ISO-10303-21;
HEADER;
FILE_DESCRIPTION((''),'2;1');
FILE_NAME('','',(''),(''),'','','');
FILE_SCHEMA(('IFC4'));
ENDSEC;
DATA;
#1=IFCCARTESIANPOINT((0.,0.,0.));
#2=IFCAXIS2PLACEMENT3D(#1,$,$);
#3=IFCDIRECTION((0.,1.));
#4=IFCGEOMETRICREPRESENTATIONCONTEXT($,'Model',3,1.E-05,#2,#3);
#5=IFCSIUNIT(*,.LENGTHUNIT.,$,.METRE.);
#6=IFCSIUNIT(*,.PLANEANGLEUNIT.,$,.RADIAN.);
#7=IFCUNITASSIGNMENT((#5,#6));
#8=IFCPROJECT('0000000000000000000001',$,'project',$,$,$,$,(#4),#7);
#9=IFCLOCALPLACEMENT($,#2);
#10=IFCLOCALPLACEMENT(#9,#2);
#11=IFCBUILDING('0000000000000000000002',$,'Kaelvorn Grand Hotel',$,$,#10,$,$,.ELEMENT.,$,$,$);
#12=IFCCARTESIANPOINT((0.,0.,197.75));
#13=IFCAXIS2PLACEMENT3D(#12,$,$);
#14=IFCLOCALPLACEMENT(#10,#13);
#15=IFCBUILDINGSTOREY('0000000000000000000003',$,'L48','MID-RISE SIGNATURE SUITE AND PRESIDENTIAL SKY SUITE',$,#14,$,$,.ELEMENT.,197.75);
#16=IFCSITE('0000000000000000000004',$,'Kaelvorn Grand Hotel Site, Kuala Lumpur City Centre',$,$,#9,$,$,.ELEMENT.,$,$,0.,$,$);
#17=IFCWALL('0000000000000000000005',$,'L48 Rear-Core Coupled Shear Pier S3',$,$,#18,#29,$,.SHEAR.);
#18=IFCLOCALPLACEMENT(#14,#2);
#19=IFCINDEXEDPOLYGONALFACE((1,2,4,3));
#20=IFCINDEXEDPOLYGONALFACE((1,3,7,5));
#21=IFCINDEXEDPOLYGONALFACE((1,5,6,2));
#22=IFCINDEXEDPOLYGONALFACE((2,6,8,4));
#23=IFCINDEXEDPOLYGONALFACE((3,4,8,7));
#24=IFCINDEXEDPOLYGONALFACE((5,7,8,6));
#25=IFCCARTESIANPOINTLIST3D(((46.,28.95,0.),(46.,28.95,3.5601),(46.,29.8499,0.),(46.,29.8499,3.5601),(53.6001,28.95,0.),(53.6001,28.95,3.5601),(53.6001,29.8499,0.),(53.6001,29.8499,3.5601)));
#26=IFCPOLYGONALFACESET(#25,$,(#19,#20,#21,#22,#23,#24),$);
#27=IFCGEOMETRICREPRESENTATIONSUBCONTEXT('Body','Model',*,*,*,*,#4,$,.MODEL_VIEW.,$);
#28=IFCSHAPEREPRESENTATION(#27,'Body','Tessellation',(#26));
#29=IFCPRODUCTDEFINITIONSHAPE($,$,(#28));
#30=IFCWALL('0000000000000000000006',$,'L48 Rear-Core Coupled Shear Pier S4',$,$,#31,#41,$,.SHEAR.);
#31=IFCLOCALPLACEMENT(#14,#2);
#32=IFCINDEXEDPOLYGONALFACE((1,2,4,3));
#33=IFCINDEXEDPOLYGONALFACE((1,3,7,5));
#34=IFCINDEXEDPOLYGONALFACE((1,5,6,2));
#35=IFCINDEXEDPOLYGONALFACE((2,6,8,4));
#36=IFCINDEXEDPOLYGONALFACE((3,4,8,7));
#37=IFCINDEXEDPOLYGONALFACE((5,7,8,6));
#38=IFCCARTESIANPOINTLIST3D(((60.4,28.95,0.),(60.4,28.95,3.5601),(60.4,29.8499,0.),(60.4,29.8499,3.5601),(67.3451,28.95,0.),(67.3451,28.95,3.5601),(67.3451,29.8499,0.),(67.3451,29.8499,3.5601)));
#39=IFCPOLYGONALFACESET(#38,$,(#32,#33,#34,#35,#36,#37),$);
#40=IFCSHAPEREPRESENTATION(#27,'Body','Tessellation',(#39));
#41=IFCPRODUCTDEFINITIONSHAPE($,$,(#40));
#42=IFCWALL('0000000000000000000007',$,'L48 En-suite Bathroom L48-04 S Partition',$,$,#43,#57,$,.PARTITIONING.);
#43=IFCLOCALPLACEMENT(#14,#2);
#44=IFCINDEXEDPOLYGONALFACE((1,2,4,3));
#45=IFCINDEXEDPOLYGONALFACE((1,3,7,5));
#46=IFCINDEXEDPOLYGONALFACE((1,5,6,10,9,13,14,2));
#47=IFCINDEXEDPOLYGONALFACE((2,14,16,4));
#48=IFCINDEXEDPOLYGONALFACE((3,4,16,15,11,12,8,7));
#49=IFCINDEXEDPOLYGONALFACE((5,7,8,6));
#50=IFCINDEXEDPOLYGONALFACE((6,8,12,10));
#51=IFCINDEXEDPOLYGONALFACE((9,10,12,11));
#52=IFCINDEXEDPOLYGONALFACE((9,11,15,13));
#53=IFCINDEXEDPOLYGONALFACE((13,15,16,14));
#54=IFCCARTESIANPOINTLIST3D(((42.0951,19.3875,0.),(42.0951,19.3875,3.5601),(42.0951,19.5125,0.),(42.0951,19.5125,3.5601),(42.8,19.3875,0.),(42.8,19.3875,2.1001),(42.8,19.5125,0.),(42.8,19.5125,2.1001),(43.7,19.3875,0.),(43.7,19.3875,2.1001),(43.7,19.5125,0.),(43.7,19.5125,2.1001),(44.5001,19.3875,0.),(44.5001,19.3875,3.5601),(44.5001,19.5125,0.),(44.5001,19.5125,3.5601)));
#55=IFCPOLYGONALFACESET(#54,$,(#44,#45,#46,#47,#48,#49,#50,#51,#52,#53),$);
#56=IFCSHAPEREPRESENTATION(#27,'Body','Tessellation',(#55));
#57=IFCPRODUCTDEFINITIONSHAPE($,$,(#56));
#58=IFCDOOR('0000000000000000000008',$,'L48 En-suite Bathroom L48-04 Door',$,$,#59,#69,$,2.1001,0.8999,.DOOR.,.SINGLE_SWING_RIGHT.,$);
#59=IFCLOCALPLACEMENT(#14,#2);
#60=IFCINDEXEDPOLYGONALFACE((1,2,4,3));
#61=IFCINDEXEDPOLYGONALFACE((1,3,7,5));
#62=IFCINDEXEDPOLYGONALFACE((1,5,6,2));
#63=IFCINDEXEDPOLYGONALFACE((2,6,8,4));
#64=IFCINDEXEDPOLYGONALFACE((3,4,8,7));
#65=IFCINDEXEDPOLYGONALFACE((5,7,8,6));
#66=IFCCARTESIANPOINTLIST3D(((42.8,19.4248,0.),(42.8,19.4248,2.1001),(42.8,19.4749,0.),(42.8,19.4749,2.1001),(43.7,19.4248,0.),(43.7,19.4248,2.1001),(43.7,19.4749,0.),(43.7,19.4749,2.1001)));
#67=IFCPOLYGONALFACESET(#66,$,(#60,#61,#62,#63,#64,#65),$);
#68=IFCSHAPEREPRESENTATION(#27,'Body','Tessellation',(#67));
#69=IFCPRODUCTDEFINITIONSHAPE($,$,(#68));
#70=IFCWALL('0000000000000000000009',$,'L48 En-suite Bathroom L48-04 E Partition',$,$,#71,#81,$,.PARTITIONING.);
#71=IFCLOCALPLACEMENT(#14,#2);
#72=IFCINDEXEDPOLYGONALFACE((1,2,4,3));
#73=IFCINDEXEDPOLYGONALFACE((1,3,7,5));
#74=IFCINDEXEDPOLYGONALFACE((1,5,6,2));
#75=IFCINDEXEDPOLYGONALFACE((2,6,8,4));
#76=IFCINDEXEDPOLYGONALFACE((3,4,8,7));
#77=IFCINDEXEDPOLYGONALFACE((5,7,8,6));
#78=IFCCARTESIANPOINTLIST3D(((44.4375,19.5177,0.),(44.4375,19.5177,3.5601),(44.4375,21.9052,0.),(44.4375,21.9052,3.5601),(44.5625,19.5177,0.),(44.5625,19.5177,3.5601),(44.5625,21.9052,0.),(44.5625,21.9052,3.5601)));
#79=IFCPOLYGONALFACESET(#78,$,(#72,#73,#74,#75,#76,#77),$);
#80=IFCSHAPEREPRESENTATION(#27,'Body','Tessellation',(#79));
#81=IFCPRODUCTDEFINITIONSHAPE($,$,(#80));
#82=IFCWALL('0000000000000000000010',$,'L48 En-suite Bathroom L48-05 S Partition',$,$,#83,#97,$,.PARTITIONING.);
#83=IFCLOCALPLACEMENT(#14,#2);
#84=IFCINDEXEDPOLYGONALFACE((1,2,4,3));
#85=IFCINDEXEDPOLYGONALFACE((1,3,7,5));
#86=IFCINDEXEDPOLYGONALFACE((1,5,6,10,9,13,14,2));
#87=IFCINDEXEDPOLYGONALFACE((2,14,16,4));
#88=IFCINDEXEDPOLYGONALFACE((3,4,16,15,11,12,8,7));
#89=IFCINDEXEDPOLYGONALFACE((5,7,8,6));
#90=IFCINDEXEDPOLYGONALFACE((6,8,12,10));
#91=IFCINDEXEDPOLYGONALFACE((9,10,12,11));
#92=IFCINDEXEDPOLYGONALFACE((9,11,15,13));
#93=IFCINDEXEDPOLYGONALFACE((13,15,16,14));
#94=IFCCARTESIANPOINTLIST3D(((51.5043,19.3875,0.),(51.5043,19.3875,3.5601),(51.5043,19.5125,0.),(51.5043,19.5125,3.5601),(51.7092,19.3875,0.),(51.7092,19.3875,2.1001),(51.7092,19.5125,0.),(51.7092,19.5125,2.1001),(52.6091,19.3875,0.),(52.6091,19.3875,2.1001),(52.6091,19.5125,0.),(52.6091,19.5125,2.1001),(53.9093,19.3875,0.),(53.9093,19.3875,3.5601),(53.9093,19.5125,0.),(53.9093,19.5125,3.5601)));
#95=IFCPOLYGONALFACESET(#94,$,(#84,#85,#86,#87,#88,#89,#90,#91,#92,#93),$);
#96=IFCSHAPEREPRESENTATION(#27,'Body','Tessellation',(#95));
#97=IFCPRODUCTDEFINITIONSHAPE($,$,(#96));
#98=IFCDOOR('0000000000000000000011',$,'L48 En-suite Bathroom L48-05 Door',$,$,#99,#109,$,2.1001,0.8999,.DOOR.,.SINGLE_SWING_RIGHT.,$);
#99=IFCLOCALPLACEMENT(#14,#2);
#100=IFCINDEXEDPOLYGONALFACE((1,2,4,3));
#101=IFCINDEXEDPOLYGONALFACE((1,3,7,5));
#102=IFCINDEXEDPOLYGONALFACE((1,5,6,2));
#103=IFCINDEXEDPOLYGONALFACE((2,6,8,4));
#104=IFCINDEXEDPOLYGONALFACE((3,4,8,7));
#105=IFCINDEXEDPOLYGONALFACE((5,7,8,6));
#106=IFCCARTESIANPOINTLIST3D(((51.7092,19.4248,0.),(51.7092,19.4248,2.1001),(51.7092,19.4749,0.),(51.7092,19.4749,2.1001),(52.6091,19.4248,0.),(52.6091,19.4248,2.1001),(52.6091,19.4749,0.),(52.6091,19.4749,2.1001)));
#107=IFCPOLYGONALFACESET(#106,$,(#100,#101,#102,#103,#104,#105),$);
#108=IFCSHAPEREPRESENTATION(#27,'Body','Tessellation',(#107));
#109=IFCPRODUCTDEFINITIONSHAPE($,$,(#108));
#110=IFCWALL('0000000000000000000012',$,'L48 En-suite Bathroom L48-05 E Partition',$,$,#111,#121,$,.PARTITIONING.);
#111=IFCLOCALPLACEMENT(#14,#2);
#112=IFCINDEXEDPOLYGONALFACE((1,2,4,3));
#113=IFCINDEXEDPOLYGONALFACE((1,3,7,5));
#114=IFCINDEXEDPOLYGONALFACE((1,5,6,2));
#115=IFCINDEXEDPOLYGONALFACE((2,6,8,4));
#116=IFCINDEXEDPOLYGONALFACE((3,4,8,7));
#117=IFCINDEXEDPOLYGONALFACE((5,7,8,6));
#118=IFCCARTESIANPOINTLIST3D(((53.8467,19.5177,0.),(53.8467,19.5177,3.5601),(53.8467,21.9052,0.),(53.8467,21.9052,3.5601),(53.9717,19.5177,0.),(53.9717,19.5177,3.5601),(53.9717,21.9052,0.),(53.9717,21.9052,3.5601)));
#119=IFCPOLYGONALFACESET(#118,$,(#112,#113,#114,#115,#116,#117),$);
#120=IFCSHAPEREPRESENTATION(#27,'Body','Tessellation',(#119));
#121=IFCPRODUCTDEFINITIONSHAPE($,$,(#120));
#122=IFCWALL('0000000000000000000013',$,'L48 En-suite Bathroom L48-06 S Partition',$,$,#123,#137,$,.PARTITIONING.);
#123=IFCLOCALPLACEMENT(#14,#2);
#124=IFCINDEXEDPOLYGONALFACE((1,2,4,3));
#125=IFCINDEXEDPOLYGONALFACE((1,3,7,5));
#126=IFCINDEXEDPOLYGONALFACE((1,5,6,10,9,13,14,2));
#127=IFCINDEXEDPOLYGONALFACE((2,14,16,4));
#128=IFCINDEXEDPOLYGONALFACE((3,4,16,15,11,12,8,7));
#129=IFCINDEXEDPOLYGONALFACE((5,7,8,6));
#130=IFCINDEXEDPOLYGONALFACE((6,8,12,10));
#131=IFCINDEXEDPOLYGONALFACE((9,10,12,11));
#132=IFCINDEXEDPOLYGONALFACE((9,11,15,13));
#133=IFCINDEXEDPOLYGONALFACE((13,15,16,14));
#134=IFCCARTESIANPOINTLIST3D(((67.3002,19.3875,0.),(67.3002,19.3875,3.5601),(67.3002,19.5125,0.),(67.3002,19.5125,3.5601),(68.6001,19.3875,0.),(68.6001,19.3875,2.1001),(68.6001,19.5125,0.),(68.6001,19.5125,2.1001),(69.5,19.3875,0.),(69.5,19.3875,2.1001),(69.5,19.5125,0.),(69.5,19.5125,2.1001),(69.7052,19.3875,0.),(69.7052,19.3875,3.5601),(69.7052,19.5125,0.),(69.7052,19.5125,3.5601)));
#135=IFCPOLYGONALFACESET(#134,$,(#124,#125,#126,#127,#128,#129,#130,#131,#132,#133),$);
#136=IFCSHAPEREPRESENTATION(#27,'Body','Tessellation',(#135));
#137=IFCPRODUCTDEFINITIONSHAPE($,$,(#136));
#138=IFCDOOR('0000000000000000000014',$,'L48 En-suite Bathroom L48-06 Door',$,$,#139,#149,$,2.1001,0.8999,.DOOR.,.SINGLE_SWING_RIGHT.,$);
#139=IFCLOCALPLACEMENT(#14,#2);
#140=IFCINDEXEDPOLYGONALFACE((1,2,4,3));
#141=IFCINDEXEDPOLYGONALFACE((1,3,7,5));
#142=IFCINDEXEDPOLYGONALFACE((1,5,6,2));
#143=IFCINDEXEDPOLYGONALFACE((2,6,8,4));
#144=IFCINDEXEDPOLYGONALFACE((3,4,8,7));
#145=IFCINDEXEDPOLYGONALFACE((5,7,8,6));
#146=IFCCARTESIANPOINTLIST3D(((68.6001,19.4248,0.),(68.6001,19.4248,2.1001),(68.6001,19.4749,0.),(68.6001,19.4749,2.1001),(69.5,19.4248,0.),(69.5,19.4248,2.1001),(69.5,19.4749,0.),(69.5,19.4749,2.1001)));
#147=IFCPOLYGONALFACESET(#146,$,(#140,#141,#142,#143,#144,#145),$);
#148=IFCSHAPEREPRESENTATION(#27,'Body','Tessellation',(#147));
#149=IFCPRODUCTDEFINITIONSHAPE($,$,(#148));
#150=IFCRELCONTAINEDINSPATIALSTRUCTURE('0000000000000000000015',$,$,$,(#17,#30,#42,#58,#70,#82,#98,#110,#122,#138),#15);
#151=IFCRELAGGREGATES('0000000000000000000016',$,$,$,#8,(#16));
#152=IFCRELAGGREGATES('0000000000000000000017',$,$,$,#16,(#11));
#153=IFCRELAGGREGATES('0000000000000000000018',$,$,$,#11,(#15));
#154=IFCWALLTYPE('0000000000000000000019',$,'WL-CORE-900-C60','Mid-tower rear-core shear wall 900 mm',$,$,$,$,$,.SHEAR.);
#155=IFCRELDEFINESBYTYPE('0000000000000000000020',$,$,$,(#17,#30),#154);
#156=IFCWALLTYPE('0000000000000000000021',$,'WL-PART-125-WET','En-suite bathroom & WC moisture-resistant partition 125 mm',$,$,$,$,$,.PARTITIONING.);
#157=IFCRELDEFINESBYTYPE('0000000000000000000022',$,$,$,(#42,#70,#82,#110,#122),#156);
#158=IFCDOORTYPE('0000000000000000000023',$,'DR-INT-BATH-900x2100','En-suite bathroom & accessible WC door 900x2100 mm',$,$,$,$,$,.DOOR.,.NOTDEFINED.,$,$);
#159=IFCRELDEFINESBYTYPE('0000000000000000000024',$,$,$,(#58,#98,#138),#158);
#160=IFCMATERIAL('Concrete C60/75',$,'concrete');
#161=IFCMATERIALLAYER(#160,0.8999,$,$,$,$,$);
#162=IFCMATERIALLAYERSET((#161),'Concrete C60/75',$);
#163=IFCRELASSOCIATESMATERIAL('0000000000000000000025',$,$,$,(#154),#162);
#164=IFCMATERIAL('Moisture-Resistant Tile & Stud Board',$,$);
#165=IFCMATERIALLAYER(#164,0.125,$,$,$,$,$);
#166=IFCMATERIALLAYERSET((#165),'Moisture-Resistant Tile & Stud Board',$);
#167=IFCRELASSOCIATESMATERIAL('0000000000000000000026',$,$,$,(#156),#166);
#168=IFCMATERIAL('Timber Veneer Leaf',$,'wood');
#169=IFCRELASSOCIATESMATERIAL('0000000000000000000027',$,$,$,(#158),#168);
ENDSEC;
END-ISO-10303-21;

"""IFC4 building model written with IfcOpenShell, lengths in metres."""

from ifc_helpers import new_model, si_unit, direction, frame, frame_2d, origin, place, context, subcontext, project, spatial, rectangle, extrude, material, layer, layer_set, type_object, element, fill, save


model = new_model("IFC4")

# Units and contexts
model_context = context("Model", 3, precision=1e-05, world=origin(), true_north=direction((0.0, 1.0)))
body_context = subcontext(model_context, "Body", "Model", "MODEL_VIEW")
ifc_project = project(units=[si_unit("LENGTHUNIT", "METRE"), si_unit("PLANEANGLEUNIT", "RADIAN")], contexts=[model_context])

# Site, building, storey
site_placement = place(None, origin())
site = spatial("IfcSite", under=ifc_project, at=site_placement, Name="Kaelvorn Grand Hotel Site, Kuala Lumpur City Centre", CompositionType="ELEMENT", RefElevation=0.0)
building_placement = place(site_placement, origin())
building = spatial("IfcBuilding", under=site, at=building_placement, Name="Kaelvorn Grand Hotel", CompositionType="ELEMENT")
storey_placement = place(building_placement, frame((0.0, 0.0, 197.75)))
storey = spatial("IfcBuildingStorey", under=building, at=storey_placement, Name="L48", Description="MID-RISE SIGNATURE SUITE AND PRESIDENTIAL SKY SUITE", CompositionType="ELEMENT", Elevation=197.75)

# Shared definitions
ifc_material_1 = material(Name="Concrete C60/75", Category="concrete")

# Walls
ifc_layer_1 = layer(ifc_material_1, 0.8999)
ifc_layer_set_1 = layer_set([ifc_layer_1], Name="Concrete C60/75")
wall_type_1 = type_object("IfcWallType", Name="WL-CORE-900-C60", Description="Mid-tower rear-core shear wall 900 mm", PredefinedType="SHEAR", material=ifc_layer_set_1)
wall_1_placement = place(storey_placement, frame((46.0, 29.3999, 0.0), z_axis=(0.0, 0.0, 1.0), x_axis=(1.0, 0.0, 0.0)))
element("IfcWall", 1, at=wall_1_placement, inside=storey, type_object=wall_type_1, Name="L48 Rear-Core Coupled Shear Pier S3", PredefinedType="SHEAR", context=body_context, shape_type="SweptSolid", body=[
    extrude(rectangle(XDim=7.6001, YDim=0.8999, at=frame_2d((3.8, 0.0))), origin(), (0.0, 0.0, 1.0), 3.5601),
])
wall_2_placement = place(storey_placement, frame((60.3999, 29.3999, 0.0), z_axis=(0.0, 0.0, 1.0), x_axis=(1.0, 0.0, 0.0)))
element("IfcWall", 2, at=wall_2_placement, inside=storey, type_object=wall_type_1, Name="L48 Rear-Core Coupled Shear Pier S4", PredefinedType="SHEAR", context=body_context, shape_type="SweptSolid", body=[
    extrude(rectangle(XDim=6.9451, YDim=0.8999, at=frame_2d((3.4727, 0.0))), origin(), (0.0, 0.0, 1.0), 3.5601),
])

# Wall, opening, door
ifc_material_2 = material(Name="Moisture-Resistant Tile & Stud Board")
ifc_layer_2 = layer(ifc_material_2, 0.125)
ifc_layer_set_2 = layer_set([ifc_layer_2], Name="Moisture-Resistant Tile & Stud Board")
wall_type_2 = type_object("IfcWallType", Name="WL-PART-125-WET", Description="En-suite bathroom & WC moisture-resistant partition 125 mm", PredefinedType="PARTITIONING", material=ifc_layer_set_2)
wall_3_placement = place(storey_placement, frame((42.095, 19.45, 0.0), z_axis=(0.0, 0.0, 1.0), x_axis=(1.0, 0.0, 0.0)))
wall_3 = element("IfcWall", 3, at=wall_3_placement, inside=storey, type_object=wall_type_2, Name="L48 En-suite Bathroom L48-04 S Partition", PredefinedType="PARTITIONING", context=body_context, shape_type="SweptSolid", body=[
    extrude(rectangle(XDim=2.405, YDim=0.125, at=frame_2d((1.2026, 0.0))), origin(), (0.0, 0.0, 1.0), 3.5601),
])
opening_1_placement = place(wall_3_placement, frame((0.7051, 0.0, 0.0)))
opening_1 = element("IfcOpeningElement", 4, at=opening_1_placement, cuts=wall_3, PredefinedType="OPENING", context=body_context, shape_type="SweptSolid", body=[
    extrude(rectangle(XDim=0.8999, YDim=2.1001, at=frame_2d((0.45, 1.05))), frame((0.0, 0.0725, 0.0), z_axis=(0.0, -1.0, 0.0), x_axis=(1.0, 0.0, 0.0)), (0.0, 0.0, 1.0), 0.145),
])
ifc_material_3 = material(Name="Timber Veneer Leaf", Category="wood")
door_type_1 = type_object("IfcDoorType", Name="DR-INT-BATH-900x2100", Description="En-suite bathroom & accessible WC door 900x2100 mm", OperationType="NOTDEFINED", PredefinedType="DOOR", material=ifc_material_3)
door_1_placement = place(opening_1_placement, origin())
door_1 = element("IfcDoor", 5, at=door_1_placement, inside=storey, type_object=door_type_1, Name="L48 En-suite Bathroom L48-04 Door", OperationType="SINGLE_SWING_RIGHT", OverallHeight=2.1001, OverallWidth=0.8999, PredefinedType="DOOR", context=body_context, shape_type="SweptSolid", body=[
    extrude(rectangle(XDim=0.8999, YDim=2.1001, at=frame_2d((0.45, 1.05))), frame((0.0, 0.0249, 0.0), z_axis=(0.0, -1.0, 0.0), x_axis=(1.0, 0.0, 0.0)), (0.0, 0.0, 1.0), 0.05),
])
fill(opening_1, door_1)

# Wall
wall_4_placement = place(storey_placement, frame((44.5, 19.5176, 0.0), z_axis=(0.0, 0.0, 1.0), x_axis=(0.0, 1.0, 0.0)))
element("IfcWall", 6, at=wall_4_placement, inside=storey, type_object=wall_type_2, Name="L48 En-suite Bathroom L48-04 E Partition", PredefinedType="PARTITIONING", context=body_context, shape_type="SweptSolid", body=[
    extrude(rectangle(XDim=2.3875, YDim=0.125, at=frame_2d((1.1938, 0.0))), origin(), (0.0, 0.0, 1.0), 3.5601),
])

# Wall, opening, door
wall_5_placement = place(storey_placement, frame((51.5042, 19.45, 0.0), z_axis=(0.0, 0.0, 1.0), x_axis=(1.0, 0.0, 0.0)))
wall_5 = element("IfcWall", 7, at=wall_5_placement, inside=storey, type_object=wall_type_2, Name="L48 En-suite Bathroom L48-05 S Partition", PredefinedType="PARTITIONING", context=body_context, shape_type="SweptSolid", body=[
    extrude(rectangle(XDim=2.405, YDim=0.125, at=frame_2d((1.2026, 0.0))), origin(), (0.0, 0.0, 1.0), 3.5601),
])
opening_2_placement = place(wall_5_placement, frame((0.2051, 0.0, 0.0)))
opening_2 = element("IfcOpeningElement", 8, at=opening_2_placement, cuts=wall_5, PredefinedType="OPENING", context=body_context, shape_type="SweptSolid", body=[
    extrude(rectangle(XDim=0.8999, YDim=2.1001, at=frame_2d((0.45, 1.05))), frame((0.0, 0.0725, 0.0), z_axis=(0.0, -1.0, 0.0), x_axis=(1.0, 0.0, 0.0)), (0.0, 0.0, 1.0), 0.145),
])
door_2_placement = place(opening_2_placement, origin())
door_2 = element("IfcDoor", 9, at=door_2_placement, inside=storey, type_object=door_type_1, Name="L48 En-suite Bathroom L48-05 Door", OperationType="SINGLE_SWING_RIGHT", OverallHeight=2.1001, OverallWidth=0.8999, PredefinedType="DOOR", context=body_context, shape_type="SweptSolid", body=[
    extrude(rectangle(XDim=0.8999, YDim=2.1001, at=frame_2d((0.45, 1.05))), frame((0.0, 0.0249, 0.0), z_axis=(0.0, -1.0, 0.0), x_axis=(1.0, 0.0, 0.0)), (0.0, 0.0, 1.0), 0.05),
])
fill(opening_2, door_2)

# Wall
wall_6_placement = place(storey_placement, frame((53.9092, 19.5176, 0.0), z_axis=(0.0, 0.0, 1.0), x_axis=(0.0, 1.0, 0.0)))
element("IfcWall", 10, at=wall_6_placement, inside=storey, type_object=wall_type_2, Name="L48 En-suite Bathroom L48-05 E Partition", PredefinedType="PARTITIONING", context=body_context, shape_type="SweptSolid", body=[
    extrude(rectangle(XDim=2.3875, YDim=0.125, at=frame_2d((1.1938, 0.0))), origin(), (0.0, 0.0, 1.0), 3.5601),
])

# Wall, opening, door
wall_7_placement = place(storey_placement, frame((67.3, 19.45, 0.0), z_axis=(0.0, 0.0, 1.0), x_axis=(1.0, 0.0, 0.0)))
wall_7 = element("IfcWall", 11, at=wall_7_placement, inside=storey, type_object=wall_type_2, Name="L48 En-suite Bathroom L48-06 S Partition", PredefinedType="PARTITIONING", context=body_context, shape_type="SweptSolid", body=[
    extrude(rectangle(XDim=2.405, YDim=0.125, at=frame_2d((1.2026, 0.0))), origin(), (0.0, 0.0, 1.0), 3.5601),
])
opening_3_placement = place(wall_7_placement, frame((1.3, 0.0, 0.0)))
opening_3 = element("IfcOpeningElement", 12, at=opening_3_placement, cuts=wall_7, PredefinedType="OPENING", context=body_context, shape_type="SweptSolid", body=[
    extrude(rectangle(XDim=0.8999, YDim=2.1001, at=frame_2d((0.45, 1.05))), frame((0.0, 0.0725, 0.0), z_axis=(0.0, -1.0, 0.0), x_axis=(1.0, 0.0, 0.0)), (0.0, 0.0, 1.0), 0.145),
])
door_3_placement = place(opening_3_placement, origin())
door_3 = element("IfcDoor", 13, at=door_3_placement, inside=storey, type_object=door_type_1, Name="L48 En-suite Bathroom L48-06 Door", OperationType="SINGLE_SWING_RIGHT", OverallHeight=2.1001, OverallWidth=0.8999, PredefinedType="DOOR", context=body_context, shape_type="SweptSolid", body=[
    extrude(rectangle(XDim=0.8999, YDim=2.1001, at=frame_2d((0.45, 1.05))), frame((0.0, 0.0249, 0.0), z_axis=(0.0, -1.0, 0.0), x_axis=(1.0, 0.0, 0.0)), (0.0, 0.0, 1.0), 0.05),
])
fill(opening_3, door_3)

save(model, "model.ifc")
